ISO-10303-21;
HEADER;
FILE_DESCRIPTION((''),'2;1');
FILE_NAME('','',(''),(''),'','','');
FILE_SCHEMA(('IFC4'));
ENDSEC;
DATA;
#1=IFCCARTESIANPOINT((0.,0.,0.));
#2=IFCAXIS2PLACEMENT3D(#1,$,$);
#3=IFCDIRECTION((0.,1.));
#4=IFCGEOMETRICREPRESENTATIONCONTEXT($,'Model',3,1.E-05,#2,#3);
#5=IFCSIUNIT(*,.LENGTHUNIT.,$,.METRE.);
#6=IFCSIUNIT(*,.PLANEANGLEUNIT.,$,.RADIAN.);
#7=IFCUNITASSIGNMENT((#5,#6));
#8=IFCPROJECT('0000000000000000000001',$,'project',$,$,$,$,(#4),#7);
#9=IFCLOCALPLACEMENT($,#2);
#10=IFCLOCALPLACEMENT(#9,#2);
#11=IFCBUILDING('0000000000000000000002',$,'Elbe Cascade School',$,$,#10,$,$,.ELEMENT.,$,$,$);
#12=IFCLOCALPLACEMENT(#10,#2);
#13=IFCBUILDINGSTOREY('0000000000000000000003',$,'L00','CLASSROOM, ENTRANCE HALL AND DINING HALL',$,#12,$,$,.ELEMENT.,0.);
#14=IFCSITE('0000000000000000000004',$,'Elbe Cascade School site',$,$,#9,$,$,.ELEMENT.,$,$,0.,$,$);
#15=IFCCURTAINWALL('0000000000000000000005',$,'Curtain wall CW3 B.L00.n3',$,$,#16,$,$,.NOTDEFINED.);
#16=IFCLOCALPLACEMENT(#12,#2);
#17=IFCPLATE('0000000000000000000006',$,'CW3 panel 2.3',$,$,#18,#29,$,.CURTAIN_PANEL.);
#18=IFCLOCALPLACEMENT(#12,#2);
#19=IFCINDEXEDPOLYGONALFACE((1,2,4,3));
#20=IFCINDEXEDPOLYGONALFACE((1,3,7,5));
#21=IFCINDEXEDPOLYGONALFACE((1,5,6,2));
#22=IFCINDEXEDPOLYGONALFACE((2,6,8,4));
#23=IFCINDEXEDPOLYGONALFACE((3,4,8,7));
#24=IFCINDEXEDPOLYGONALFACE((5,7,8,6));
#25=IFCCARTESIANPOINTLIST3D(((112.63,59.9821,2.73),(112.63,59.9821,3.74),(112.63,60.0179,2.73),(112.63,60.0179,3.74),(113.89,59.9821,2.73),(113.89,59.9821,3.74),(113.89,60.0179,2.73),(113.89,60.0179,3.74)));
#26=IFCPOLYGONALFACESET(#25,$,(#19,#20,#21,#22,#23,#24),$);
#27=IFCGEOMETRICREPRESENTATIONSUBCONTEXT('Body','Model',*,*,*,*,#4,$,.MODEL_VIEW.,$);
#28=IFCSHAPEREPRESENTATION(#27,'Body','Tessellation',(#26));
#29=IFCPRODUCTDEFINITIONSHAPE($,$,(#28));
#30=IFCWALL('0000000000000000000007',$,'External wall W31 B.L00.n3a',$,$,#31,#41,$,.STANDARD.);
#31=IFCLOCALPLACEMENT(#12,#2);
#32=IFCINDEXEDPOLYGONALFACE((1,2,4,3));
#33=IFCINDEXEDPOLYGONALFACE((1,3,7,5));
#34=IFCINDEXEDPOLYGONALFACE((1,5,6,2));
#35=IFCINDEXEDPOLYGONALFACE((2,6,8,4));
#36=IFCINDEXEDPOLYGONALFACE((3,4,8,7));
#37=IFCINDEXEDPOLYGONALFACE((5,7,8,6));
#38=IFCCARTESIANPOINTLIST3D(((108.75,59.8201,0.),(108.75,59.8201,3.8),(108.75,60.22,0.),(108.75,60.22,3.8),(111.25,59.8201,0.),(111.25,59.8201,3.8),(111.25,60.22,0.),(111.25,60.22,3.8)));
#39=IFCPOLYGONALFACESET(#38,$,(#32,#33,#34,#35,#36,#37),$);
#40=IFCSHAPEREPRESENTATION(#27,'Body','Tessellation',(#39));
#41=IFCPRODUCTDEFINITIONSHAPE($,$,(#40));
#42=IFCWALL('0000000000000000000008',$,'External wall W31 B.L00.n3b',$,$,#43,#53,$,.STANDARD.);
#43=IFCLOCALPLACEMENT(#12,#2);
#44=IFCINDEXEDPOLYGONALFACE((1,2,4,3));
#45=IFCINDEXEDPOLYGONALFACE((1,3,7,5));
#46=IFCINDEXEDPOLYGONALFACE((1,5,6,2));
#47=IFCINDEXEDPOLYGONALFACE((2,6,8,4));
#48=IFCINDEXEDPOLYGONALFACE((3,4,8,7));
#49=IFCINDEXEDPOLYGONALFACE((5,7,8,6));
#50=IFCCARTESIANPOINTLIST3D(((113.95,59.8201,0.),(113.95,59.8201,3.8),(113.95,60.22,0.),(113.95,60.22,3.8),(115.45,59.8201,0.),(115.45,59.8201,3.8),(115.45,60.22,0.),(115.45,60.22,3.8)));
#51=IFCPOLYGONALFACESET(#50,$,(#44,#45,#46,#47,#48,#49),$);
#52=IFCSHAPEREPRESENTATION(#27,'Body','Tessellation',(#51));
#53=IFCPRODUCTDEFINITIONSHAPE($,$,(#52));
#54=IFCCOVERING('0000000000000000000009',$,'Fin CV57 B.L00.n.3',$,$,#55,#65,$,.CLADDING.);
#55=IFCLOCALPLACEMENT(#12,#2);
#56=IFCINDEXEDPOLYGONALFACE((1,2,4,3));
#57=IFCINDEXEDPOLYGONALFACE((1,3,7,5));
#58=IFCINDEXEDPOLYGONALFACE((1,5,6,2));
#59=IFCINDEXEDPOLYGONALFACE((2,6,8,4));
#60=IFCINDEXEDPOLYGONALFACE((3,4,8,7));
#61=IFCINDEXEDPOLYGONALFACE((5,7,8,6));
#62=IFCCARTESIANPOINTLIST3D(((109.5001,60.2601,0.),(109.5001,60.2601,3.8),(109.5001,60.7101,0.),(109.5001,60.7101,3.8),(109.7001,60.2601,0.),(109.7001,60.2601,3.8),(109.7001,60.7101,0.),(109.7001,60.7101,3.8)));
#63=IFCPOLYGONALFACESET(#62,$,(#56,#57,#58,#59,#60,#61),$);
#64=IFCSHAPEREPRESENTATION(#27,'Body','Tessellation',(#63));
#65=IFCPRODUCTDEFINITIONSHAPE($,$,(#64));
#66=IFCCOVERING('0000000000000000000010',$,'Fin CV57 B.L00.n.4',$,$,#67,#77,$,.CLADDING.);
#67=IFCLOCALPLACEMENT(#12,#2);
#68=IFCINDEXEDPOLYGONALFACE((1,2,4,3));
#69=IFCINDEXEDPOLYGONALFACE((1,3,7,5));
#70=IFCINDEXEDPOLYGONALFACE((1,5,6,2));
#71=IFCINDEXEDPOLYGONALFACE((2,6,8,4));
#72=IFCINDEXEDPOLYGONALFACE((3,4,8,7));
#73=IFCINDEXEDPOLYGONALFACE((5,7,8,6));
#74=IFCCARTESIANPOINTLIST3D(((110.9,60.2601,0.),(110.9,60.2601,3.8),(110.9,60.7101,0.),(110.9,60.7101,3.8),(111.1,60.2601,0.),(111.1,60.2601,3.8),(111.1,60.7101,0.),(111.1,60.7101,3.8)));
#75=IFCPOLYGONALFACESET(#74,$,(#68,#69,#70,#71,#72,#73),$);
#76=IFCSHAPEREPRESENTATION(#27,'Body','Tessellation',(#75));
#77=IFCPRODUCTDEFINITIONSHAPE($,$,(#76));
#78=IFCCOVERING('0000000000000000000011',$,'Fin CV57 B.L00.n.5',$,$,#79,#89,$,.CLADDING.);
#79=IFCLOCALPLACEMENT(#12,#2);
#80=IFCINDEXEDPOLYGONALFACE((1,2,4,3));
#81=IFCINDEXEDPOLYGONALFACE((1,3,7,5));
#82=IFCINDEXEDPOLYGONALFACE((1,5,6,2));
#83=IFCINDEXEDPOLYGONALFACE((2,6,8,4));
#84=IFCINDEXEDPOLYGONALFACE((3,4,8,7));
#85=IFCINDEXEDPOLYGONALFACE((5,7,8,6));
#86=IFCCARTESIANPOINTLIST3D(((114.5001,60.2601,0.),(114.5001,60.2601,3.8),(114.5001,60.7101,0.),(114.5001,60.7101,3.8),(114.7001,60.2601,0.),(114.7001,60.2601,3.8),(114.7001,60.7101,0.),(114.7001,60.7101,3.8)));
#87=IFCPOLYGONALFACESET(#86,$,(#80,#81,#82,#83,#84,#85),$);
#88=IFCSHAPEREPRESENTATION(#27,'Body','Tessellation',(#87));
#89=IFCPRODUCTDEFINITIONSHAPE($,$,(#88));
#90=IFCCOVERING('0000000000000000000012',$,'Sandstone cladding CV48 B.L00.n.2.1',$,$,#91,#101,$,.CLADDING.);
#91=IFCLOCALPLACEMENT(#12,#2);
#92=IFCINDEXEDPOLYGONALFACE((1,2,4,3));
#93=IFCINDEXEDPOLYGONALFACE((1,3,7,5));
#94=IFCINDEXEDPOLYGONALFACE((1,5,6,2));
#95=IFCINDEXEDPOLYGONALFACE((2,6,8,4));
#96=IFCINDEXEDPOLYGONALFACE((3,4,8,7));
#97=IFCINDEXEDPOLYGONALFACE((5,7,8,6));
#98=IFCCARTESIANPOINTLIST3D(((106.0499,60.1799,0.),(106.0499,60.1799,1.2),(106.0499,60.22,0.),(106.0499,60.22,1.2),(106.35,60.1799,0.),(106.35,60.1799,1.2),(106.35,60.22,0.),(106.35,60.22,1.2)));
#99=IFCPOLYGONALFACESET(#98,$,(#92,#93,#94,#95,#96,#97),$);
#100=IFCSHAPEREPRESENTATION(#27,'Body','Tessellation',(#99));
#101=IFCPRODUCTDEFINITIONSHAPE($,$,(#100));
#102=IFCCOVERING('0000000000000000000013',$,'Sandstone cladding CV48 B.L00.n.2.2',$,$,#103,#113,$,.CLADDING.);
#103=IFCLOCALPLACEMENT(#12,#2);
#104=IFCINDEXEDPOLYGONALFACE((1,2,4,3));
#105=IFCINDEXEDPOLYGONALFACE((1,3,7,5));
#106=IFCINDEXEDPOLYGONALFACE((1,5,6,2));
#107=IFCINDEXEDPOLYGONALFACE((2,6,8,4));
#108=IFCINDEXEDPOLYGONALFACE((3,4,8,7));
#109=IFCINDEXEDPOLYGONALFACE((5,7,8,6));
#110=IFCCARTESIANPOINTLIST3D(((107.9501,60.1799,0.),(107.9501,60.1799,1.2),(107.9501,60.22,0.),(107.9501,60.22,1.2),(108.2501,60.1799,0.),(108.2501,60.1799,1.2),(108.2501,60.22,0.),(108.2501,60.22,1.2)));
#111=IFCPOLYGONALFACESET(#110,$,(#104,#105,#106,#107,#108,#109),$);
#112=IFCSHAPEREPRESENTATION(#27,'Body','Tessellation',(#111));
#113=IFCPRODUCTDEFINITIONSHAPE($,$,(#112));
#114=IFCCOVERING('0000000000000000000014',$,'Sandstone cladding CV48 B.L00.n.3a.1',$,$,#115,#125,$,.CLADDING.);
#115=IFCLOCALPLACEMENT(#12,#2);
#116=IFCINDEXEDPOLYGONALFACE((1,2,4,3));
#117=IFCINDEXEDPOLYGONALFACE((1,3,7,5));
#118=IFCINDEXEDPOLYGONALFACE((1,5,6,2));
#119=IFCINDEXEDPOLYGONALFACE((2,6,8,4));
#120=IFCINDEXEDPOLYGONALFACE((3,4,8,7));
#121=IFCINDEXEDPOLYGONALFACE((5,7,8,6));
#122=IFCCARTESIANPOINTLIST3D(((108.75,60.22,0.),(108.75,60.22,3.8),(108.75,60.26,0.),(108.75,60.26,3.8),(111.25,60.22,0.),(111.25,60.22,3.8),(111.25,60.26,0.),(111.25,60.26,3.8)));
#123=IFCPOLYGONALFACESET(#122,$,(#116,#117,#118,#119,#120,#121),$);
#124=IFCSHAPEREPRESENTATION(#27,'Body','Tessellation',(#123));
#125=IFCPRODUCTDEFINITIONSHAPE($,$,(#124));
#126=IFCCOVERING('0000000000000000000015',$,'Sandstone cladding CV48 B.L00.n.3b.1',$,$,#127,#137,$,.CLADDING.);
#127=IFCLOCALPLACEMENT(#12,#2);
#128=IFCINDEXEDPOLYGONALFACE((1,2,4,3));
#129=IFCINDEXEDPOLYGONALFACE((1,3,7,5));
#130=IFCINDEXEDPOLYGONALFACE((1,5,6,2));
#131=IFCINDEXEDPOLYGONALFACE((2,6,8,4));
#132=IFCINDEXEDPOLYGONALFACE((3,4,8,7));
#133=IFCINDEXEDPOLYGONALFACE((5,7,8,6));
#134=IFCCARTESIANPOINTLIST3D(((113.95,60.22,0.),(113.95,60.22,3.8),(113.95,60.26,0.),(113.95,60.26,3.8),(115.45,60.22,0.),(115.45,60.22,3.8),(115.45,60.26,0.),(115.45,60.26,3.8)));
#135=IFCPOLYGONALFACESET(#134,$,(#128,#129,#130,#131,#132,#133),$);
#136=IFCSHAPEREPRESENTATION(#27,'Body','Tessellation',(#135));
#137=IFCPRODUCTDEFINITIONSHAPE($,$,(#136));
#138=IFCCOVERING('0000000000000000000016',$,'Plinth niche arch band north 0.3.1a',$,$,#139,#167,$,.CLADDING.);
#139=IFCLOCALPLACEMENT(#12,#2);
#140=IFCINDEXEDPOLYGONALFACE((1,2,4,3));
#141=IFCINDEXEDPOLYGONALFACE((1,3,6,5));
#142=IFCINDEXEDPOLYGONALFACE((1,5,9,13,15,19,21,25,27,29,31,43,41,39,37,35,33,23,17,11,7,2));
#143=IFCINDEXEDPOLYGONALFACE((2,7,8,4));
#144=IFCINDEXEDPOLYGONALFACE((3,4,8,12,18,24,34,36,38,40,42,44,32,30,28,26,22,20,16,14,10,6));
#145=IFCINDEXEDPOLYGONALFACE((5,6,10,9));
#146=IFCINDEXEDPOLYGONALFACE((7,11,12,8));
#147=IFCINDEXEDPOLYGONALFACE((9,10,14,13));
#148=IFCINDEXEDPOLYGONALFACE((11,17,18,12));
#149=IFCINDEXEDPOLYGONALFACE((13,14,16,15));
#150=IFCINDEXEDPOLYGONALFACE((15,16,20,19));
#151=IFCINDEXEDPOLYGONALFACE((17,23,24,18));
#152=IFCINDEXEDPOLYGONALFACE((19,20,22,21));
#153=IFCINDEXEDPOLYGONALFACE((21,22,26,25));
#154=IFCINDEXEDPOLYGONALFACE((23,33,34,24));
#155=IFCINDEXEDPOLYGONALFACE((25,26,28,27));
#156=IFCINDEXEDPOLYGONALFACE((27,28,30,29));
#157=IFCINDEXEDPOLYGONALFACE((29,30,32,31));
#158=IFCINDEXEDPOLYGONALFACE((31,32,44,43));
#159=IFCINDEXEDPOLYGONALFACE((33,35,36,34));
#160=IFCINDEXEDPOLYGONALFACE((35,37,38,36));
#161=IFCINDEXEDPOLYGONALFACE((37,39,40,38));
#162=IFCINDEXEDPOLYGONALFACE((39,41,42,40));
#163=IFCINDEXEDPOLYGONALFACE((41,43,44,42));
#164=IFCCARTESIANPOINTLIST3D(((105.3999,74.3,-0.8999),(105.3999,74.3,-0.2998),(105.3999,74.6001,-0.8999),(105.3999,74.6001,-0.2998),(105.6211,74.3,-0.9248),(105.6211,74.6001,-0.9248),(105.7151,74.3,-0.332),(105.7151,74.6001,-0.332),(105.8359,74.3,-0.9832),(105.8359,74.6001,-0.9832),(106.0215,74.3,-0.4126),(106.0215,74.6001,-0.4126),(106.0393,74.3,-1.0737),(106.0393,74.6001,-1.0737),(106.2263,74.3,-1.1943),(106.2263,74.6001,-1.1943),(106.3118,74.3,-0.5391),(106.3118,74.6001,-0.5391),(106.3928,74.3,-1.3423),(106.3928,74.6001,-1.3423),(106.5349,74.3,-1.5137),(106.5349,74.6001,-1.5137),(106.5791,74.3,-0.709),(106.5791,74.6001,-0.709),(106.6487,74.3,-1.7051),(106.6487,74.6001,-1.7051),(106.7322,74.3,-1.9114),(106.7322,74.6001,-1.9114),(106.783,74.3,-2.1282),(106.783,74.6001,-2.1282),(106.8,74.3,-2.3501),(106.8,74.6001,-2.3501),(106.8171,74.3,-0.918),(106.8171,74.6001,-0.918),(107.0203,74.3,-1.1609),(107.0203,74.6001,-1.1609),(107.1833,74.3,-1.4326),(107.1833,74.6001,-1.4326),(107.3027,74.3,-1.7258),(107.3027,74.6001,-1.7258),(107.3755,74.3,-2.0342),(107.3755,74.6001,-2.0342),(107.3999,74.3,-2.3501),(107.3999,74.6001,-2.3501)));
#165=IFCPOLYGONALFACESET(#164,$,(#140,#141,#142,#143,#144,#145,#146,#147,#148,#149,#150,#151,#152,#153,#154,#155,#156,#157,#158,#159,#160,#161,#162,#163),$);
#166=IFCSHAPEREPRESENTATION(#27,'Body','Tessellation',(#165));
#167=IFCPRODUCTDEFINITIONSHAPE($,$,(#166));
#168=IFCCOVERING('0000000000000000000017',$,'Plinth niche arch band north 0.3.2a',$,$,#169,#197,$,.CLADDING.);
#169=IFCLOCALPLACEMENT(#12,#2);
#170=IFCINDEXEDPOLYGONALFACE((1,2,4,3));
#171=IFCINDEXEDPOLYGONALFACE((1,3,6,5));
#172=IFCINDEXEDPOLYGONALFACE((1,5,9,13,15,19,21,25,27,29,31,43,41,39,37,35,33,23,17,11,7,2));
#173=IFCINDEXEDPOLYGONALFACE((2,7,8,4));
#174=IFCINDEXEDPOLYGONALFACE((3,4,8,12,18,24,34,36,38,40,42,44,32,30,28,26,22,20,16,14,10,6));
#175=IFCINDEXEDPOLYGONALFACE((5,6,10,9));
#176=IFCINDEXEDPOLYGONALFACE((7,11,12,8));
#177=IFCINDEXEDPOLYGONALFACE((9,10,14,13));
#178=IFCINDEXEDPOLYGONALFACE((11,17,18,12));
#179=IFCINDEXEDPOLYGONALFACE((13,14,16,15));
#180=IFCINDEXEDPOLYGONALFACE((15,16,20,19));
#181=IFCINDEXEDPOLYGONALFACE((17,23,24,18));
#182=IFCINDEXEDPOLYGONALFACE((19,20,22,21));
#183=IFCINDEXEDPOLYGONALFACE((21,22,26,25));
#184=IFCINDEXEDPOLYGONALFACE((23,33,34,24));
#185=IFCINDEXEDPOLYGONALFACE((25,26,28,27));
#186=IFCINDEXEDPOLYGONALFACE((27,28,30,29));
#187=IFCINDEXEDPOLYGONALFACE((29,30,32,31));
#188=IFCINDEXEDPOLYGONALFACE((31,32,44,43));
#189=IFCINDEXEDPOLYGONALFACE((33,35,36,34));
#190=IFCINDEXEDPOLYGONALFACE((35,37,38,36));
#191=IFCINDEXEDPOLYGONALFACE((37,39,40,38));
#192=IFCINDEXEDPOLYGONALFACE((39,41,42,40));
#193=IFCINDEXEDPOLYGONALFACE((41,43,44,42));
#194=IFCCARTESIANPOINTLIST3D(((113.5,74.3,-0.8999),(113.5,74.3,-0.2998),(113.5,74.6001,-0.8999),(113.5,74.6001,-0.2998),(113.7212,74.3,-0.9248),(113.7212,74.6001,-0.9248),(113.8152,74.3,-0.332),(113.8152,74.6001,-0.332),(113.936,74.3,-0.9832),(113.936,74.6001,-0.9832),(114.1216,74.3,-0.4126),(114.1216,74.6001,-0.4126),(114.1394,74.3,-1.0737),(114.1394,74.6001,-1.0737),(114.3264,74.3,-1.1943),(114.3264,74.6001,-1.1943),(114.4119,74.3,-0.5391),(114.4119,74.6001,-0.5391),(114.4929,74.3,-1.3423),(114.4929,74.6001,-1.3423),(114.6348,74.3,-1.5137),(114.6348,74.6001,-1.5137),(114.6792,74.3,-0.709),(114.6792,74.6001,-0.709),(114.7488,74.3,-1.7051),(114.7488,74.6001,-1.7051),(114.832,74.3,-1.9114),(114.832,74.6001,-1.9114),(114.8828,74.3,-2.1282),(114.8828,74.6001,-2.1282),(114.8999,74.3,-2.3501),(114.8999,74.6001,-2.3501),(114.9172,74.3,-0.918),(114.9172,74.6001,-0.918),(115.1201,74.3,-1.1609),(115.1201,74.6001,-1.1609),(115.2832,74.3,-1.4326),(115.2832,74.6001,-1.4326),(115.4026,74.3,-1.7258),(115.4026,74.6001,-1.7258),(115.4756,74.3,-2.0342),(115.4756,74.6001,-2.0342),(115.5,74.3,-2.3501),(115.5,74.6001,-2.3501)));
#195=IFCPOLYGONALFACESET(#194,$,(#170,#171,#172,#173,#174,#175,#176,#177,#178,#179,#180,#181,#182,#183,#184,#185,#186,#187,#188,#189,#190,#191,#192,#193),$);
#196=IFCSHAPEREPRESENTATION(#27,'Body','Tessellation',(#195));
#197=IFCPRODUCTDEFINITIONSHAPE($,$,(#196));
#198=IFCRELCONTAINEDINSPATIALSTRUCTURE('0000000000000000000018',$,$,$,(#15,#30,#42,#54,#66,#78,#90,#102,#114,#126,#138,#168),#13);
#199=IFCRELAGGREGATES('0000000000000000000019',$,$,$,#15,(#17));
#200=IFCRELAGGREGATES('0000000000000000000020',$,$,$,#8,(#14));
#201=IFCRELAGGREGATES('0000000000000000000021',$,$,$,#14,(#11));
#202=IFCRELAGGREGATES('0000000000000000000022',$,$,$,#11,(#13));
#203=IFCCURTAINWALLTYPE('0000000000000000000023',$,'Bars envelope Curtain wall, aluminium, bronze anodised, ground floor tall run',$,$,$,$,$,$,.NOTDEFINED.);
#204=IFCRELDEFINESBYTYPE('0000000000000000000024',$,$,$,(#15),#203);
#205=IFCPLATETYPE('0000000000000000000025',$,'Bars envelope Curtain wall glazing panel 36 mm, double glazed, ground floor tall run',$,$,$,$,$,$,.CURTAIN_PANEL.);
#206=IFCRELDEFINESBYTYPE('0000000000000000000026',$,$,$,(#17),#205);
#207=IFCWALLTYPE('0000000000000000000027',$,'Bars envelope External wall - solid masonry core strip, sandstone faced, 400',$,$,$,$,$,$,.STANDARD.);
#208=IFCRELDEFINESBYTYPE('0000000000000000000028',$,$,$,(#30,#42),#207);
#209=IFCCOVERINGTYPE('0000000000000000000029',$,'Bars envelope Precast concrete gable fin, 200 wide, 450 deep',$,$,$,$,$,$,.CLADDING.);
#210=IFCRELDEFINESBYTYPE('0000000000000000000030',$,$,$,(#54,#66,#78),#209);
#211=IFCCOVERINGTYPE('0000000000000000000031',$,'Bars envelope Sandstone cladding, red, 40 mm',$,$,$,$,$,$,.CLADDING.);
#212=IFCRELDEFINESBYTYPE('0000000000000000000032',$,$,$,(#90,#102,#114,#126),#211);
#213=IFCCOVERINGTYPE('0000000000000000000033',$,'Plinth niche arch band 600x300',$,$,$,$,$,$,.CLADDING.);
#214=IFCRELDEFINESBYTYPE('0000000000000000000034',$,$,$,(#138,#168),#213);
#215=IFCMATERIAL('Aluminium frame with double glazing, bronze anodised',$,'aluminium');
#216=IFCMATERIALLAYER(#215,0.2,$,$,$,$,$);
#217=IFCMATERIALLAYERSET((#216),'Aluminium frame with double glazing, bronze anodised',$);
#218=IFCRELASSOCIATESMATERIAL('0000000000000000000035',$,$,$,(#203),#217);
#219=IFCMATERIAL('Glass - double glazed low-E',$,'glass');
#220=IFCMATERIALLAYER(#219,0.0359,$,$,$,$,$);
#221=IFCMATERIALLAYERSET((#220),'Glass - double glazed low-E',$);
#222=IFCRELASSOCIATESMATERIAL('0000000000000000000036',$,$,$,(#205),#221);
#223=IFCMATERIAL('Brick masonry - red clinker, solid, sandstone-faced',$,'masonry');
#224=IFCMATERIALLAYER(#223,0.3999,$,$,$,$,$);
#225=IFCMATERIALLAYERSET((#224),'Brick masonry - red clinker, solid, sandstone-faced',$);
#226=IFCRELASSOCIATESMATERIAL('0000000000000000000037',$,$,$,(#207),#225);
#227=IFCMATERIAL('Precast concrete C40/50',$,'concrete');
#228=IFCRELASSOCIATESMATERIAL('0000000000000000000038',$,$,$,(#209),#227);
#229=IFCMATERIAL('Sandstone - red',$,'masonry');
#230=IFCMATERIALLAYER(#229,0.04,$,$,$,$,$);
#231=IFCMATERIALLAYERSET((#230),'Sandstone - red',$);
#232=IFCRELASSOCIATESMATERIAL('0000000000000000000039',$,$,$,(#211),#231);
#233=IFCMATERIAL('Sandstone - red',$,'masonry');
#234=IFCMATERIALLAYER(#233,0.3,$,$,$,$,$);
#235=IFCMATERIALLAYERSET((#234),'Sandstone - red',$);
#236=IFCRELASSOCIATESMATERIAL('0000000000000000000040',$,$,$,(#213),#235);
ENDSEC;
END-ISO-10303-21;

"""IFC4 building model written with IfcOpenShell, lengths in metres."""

from ifc_helpers import new_model, si_unit, direction, frame, frame_2d, origin, origin_2d, place, context, subcontext, project, spatial, polyline, rectangle, outline, extrude, material, layer, layer_set, type_object, element, aggregate, save


model = new_model("IFC4")

# Units and contexts
model_context = context("Model", 3, precision=1e-05, world=origin(), true_north=direction((0.0, 1.0)))
body_context = subcontext(model_context, "Body", "Model", "MODEL_VIEW")
ifc_project = project(units=[si_unit("LENGTHUNIT", "METRE"), si_unit("PLANEANGLEUNIT", "RADIAN")], contexts=[model_context])

# Site, building, storey
site_placement = place(None, origin())
site = spatial("IfcSite", under=ifc_project, at=site_placement, Name="Elbe Cascade School site", CompositionType="ELEMENT", RefElevation=0.0)
building_placement = place(site_placement, origin())
building = spatial("IfcBuilding", under=site, at=building_placement, Name="Elbe Cascade School", CompositionType="ELEMENT")
storey_placement = place(building_placement, origin())
storey = spatial("IfcBuildingStorey", under=building, at=storey_placement, Name="L00", Description="CLASSROOM, ENTRANCE HALL AND DINING HALL", CompositionType="ELEMENT", Elevation=0.0)

# Curtain wall
ifc_material_1 = material(Name="Aluminium frame with double glazing, bronze anodised", Category="aluminium")
ifc_layer_1 = layer(ifc_material_1, 0.2)
ifc_layer_set_1 = layer_set([ifc_layer_1], Name="Aluminium frame with double glazing, bronze anodised")
curtain_wall_type = type_object("IfcCurtainWallType", Name="Bars envelope Curtain wall, aluminium, bronze anodised, ground floor tall run", PredefinedType="NOTDEFINED", material=ifc_layer_set_1)
curtain_wall_placement = place(storey_placement, origin())
curtain_wall = element("IfcCurtainWall", 1, at=curtain_wall_placement, inside=storey, type_object=curtain_wall_type, Name="Curtain wall CW3 B.L00.n3", PredefinedType="NOTDEFINED")

# Plate
ifc_material_2 = material(Name="Glass - double glazed low-E", Category="glass")
ifc_layer_2 = layer(ifc_material_2, 0.0359)
ifc_layer_set_2 = layer_set([ifc_layer_2], Name="Glass - double glazed low-E")
plate_type = type_object("IfcPlateType", Name="Bars envelope Curtain wall glazing panel 36 mm, double glazed, ground floor tall run", PredefinedType="CURTAIN_PANEL", material=ifc_layer_set_2)
plate_1_placement = place(storey_placement, frame((113.26, 60.0, 2.73), z_axis=(0.0, 0.0, 1.0), x_axis=(1.0, 0.0, 0.0)))
plate_1 = element("IfcPlate", 2, at=plate_1_placement, type_object=plate_type, Name="CW3 panel 2.3", PredefinedType="CURTAIN_PANEL", context=body_context, shape_type="SweptSolid", body=[
    extrude(rectangle(XDim=1.26, YDim=0.0359, at=origin_2d()), origin(), (0.0, 0.0, 1.0), 1.01),
])
aggregate(curtain_wall, [plate_1])

# Walls
ifc_material_3 = material(Name="Brick masonry - red clinker, solid, sandstone-faced", Category="masonry")
ifc_layer_3 = layer(ifc_material_3, 0.3999)
ifc_layer_set_3 = layer_set([ifc_layer_3], Name="Brick masonry - red clinker, solid, sandstone-faced")
wall_type = type_object("IfcWallType", Name="Bars envelope External wall - solid masonry core strip, sandstone faced, 400", PredefinedType="STANDARD", material=ifc_layer_set_3)
wall_1_placement = place(storey_placement, frame((108.75, 60.02, 0.0), z_axis=(0.0, 0.0, 1.0), x_axis=(1.0, 0.0, 0.0)))
element("IfcWall", 3, at=wall_1_placement, inside=storey, type_object=wall_type, Name="External wall W31 B.L00.n3a", PredefinedType="STANDARD", context=body_context, shape_type="SweptSolid", body=[
    extrude(rectangle(XDim=2.5, YDim=0.3999, at=frame_2d((1.25, 0.0))), origin(), (0.0, 0.0, 1.0), 3.8),
])
wall_2_placement = place(storey_placement, frame((113.95, 60.02, 0.0), z_axis=(0.0, 0.0, 1.0), x_axis=(1.0, 0.0, 0.0)))
element("IfcWall", 4, at=wall_2_placement, inside=storey, type_object=wall_type, Name="External wall W31 B.L00.n3b", PredefinedType="STANDARD", context=body_context, shape_type="SweptSolid", body=[
    extrude(rectangle(XDim=1.5, YDim=0.3999, at=frame_2d((0.75, 0.0))), origin(), (0.0, 0.0, 1.0), 3.8),
])

# Coverings
ifc_material_4 = material(Name="Precast concrete C40/50", Category="concrete")
covering_type_1 = type_object("IfcCoveringType", Name="Bars envelope Precast concrete gable fin, 200 wide, 450 deep", PredefinedType="CLADDING", material=ifc_material_4)
for number, where, z_axis, x_axis, name in (
    (5, (109.6001, 60.4851, 0.0), (0.0, 0.0, 1.0), (1.0, 0.0, 0.0), "Fin CV57 B.L00.n.3"),
    (6, (111.0, 60.4851, 0.0), (0.0, 0.0, 1.0), (1.0, 0.0, 0.0), "Fin CV57 B.L00.n.4"),
    (7, (114.6001, 60.4851, 0.0), (0.0, 0.0, 1.0), (1.0, 0.0, 0.0), "Fin CV57 B.L00.n.5"),
):
    element("IfcCovering", number, at=place(storey_placement, frame(where, z_axis=z_axis, x_axis=x_axis)), inside=storey, type_object=covering_type_1, Name=name, PredefinedType="CLADDING", context=body_context, shape_type="SweptSolid", body=[
        extrude(rectangle(XDim=0.2, YDim=0.45, at=origin_2d()), origin(), (0.0, 0.0, 1.0), 3.8),
    ])
ifc_material_5 = material(Name="Sandstone - red", Category="masonry")
ifc_layer_4 = layer(ifc_material_5, 0.04)
ifc_layer_set_4 = layer_set([ifc_layer_4], Name="Sandstone - red")
covering_type_2 = type_object("IfcCoveringType", Name="Bars envelope Sandstone cladding, red, 40 mm", PredefinedType="CLADDING", material=ifc_layer_set_4)
for number, where, z_axis, x_axis, name in (
    (8, (106.2, 60.2, 0.0), (0.0, 0.0, 1.0), (1.0, 0.0, 0.0), "Sandstone cladding CV48 B.L00.n.2.1"),
    (9, (108.1001, 60.2, 0.0), (0.0, 0.0, 1.0), (1.0, 0.0, 0.0), "Sandstone cladding CV48 B.L00.n.2.2"),
):
    element("IfcCovering", number, at=place(storey_placement, frame(where, z_axis=z_axis, x_axis=x_axis)), inside=storey, type_object=covering_type_2, Name=name, PredefinedType="CLADDING", context=body_context, shape_type="SweptSolid", body=[
        extrude(rectangle(XDim=0.3, YDim=0.04, at=origin_2d()), origin(), (0.0, 0.0, 1.0), 1.2),
    ])
covering_1_placement = place(storey_placement, frame((110.0, 60.24, 0.0), z_axis=(0.0, 0.0, 1.0), x_axis=(1.0, 0.0, 0.0)))
element("IfcCovering", 10, at=covering_1_placement, inside=storey, type_object=covering_type_2, Name="Sandstone cladding CV48 B.L00.n.3a.1", PredefinedType="CLADDING", context=body_context, shape_type="SweptSolid", body=[
    extrude(rectangle(XDim=2.5, YDim=0.04, at=origin_2d()), origin(), (0.0, 0.0, 1.0), 3.8),
])
covering_2_placement = place(storey_placement, frame((114.7, 60.24, 0.0), z_axis=(0.0, 0.0, 1.0), x_axis=(1.0, 0.0, 0.0)))
element("IfcCovering", 11, at=covering_2_placement, inside=storey, type_object=covering_type_2, Name="Sandstone cladding CV48 B.L00.n.3b.1", PredefinedType="CLADDING", context=body_context, shape_type="SweptSolid", body=[
    extrude(rectangle(XDim=1.5, YDim=0.04, at=origin_2d()), origin(), (0.0, 0.0, 1.0), 3.8),
])
ifc_material_6 = material(Name="Sandstone - red", Category="masonry")
ifc_layer_5 = layer(ifc_material_6, 0.3)
ifc_layer_set_5 = layer_set([ifc_layer_5], Name="Sandstone - red")
covering_type_3 = type_object("IfcCoveringType", Name="Plinth niche arch band 600x300", PredefinedType="CLADDING", material=ifc_layer_set_5)
covering_3_placement = place(storey_placement, frame((107.3999, 74.6001, -2.3501), z_axis=(0.0, 1.0, 0.0), x_axis=(-1.0, 0.0, 0.0)))
element("IfcCovering", 12, at=covering_3_placement, inside=storey, type_object=covering_type_3, Name="Plinth niche arch band north 0.3.1a", PredefinedType="CLADDING", context=body_context, shape_type="SweptSolid", body=[
    extrude(outline(polyline([(0.0, 0.0), (0.5999, 0.0), (0.6169, 0.2219), (0.6677, 0.4387), (0.7512, 0.645), (0.865, 0.8364), (1.0071, 1.0078), (1.1736, 1.1558), (1.3606, 1.2764), (1.564, 1.3669), (1.7788, 1.4253), (2.0, 1.4502), (2.0, 2.0503), (1.6848, 2.0181), (1.3784, 1.9375), (1.0881, 1.811), (0.8208, 1.6411), (0.5828, 1.4321), (0.3796, 1.1892), (0.2166, 0.9175), (0.0972, 0.6243), (0.0244, 0.3159), (0.0, 0.0)])), origin(), (0.0, 0.0, -1.0), 0.3),
])
covering_4_placement = place(storey_placement, frame((115.5, 74.6001, -2.3501), z_axis=(0.0, 1.0, 0.0), x_axis=(-1.0, 0.0, 0.0)))
element("IfcCovering", 13, at=covering_4_placement, inside=storey, type_object=covering_type_3, Name="Plinth niche arch band north 0.3.2a", PredefinedType="CLADDING", context=body_context, shape_type="SweptSolid", body=[
    extrude(outline(polyline([(0.0, 0.0), (0.6001, 0.0), (0.6172, 0.2219), (0.668, 0.4387), (0.7512, 0.645), (0.8652, 0.8364), (1.0071, 1.0078), (1.1736, 1.1558), (1.3606, 1.2764), (1.564, 1.3669), (1.7788, 1.4253), (2.0, 1.4502), (2.0, 2.0503), (1.6848, 2.0181), (1.3784, 1.9375), (1.0881, 1.811), (0.8208, 1.6411), (0.5828, 1.4321), (0.3799, 1.1892), (0.2168, 0.9175), (0.0974, 0.6243), (0.0244, 0.3159), (0.0, 0.0)])), origin(), (0.0, 0.0, -1.0), 0.3),
])

save(model, "model.ifc")
